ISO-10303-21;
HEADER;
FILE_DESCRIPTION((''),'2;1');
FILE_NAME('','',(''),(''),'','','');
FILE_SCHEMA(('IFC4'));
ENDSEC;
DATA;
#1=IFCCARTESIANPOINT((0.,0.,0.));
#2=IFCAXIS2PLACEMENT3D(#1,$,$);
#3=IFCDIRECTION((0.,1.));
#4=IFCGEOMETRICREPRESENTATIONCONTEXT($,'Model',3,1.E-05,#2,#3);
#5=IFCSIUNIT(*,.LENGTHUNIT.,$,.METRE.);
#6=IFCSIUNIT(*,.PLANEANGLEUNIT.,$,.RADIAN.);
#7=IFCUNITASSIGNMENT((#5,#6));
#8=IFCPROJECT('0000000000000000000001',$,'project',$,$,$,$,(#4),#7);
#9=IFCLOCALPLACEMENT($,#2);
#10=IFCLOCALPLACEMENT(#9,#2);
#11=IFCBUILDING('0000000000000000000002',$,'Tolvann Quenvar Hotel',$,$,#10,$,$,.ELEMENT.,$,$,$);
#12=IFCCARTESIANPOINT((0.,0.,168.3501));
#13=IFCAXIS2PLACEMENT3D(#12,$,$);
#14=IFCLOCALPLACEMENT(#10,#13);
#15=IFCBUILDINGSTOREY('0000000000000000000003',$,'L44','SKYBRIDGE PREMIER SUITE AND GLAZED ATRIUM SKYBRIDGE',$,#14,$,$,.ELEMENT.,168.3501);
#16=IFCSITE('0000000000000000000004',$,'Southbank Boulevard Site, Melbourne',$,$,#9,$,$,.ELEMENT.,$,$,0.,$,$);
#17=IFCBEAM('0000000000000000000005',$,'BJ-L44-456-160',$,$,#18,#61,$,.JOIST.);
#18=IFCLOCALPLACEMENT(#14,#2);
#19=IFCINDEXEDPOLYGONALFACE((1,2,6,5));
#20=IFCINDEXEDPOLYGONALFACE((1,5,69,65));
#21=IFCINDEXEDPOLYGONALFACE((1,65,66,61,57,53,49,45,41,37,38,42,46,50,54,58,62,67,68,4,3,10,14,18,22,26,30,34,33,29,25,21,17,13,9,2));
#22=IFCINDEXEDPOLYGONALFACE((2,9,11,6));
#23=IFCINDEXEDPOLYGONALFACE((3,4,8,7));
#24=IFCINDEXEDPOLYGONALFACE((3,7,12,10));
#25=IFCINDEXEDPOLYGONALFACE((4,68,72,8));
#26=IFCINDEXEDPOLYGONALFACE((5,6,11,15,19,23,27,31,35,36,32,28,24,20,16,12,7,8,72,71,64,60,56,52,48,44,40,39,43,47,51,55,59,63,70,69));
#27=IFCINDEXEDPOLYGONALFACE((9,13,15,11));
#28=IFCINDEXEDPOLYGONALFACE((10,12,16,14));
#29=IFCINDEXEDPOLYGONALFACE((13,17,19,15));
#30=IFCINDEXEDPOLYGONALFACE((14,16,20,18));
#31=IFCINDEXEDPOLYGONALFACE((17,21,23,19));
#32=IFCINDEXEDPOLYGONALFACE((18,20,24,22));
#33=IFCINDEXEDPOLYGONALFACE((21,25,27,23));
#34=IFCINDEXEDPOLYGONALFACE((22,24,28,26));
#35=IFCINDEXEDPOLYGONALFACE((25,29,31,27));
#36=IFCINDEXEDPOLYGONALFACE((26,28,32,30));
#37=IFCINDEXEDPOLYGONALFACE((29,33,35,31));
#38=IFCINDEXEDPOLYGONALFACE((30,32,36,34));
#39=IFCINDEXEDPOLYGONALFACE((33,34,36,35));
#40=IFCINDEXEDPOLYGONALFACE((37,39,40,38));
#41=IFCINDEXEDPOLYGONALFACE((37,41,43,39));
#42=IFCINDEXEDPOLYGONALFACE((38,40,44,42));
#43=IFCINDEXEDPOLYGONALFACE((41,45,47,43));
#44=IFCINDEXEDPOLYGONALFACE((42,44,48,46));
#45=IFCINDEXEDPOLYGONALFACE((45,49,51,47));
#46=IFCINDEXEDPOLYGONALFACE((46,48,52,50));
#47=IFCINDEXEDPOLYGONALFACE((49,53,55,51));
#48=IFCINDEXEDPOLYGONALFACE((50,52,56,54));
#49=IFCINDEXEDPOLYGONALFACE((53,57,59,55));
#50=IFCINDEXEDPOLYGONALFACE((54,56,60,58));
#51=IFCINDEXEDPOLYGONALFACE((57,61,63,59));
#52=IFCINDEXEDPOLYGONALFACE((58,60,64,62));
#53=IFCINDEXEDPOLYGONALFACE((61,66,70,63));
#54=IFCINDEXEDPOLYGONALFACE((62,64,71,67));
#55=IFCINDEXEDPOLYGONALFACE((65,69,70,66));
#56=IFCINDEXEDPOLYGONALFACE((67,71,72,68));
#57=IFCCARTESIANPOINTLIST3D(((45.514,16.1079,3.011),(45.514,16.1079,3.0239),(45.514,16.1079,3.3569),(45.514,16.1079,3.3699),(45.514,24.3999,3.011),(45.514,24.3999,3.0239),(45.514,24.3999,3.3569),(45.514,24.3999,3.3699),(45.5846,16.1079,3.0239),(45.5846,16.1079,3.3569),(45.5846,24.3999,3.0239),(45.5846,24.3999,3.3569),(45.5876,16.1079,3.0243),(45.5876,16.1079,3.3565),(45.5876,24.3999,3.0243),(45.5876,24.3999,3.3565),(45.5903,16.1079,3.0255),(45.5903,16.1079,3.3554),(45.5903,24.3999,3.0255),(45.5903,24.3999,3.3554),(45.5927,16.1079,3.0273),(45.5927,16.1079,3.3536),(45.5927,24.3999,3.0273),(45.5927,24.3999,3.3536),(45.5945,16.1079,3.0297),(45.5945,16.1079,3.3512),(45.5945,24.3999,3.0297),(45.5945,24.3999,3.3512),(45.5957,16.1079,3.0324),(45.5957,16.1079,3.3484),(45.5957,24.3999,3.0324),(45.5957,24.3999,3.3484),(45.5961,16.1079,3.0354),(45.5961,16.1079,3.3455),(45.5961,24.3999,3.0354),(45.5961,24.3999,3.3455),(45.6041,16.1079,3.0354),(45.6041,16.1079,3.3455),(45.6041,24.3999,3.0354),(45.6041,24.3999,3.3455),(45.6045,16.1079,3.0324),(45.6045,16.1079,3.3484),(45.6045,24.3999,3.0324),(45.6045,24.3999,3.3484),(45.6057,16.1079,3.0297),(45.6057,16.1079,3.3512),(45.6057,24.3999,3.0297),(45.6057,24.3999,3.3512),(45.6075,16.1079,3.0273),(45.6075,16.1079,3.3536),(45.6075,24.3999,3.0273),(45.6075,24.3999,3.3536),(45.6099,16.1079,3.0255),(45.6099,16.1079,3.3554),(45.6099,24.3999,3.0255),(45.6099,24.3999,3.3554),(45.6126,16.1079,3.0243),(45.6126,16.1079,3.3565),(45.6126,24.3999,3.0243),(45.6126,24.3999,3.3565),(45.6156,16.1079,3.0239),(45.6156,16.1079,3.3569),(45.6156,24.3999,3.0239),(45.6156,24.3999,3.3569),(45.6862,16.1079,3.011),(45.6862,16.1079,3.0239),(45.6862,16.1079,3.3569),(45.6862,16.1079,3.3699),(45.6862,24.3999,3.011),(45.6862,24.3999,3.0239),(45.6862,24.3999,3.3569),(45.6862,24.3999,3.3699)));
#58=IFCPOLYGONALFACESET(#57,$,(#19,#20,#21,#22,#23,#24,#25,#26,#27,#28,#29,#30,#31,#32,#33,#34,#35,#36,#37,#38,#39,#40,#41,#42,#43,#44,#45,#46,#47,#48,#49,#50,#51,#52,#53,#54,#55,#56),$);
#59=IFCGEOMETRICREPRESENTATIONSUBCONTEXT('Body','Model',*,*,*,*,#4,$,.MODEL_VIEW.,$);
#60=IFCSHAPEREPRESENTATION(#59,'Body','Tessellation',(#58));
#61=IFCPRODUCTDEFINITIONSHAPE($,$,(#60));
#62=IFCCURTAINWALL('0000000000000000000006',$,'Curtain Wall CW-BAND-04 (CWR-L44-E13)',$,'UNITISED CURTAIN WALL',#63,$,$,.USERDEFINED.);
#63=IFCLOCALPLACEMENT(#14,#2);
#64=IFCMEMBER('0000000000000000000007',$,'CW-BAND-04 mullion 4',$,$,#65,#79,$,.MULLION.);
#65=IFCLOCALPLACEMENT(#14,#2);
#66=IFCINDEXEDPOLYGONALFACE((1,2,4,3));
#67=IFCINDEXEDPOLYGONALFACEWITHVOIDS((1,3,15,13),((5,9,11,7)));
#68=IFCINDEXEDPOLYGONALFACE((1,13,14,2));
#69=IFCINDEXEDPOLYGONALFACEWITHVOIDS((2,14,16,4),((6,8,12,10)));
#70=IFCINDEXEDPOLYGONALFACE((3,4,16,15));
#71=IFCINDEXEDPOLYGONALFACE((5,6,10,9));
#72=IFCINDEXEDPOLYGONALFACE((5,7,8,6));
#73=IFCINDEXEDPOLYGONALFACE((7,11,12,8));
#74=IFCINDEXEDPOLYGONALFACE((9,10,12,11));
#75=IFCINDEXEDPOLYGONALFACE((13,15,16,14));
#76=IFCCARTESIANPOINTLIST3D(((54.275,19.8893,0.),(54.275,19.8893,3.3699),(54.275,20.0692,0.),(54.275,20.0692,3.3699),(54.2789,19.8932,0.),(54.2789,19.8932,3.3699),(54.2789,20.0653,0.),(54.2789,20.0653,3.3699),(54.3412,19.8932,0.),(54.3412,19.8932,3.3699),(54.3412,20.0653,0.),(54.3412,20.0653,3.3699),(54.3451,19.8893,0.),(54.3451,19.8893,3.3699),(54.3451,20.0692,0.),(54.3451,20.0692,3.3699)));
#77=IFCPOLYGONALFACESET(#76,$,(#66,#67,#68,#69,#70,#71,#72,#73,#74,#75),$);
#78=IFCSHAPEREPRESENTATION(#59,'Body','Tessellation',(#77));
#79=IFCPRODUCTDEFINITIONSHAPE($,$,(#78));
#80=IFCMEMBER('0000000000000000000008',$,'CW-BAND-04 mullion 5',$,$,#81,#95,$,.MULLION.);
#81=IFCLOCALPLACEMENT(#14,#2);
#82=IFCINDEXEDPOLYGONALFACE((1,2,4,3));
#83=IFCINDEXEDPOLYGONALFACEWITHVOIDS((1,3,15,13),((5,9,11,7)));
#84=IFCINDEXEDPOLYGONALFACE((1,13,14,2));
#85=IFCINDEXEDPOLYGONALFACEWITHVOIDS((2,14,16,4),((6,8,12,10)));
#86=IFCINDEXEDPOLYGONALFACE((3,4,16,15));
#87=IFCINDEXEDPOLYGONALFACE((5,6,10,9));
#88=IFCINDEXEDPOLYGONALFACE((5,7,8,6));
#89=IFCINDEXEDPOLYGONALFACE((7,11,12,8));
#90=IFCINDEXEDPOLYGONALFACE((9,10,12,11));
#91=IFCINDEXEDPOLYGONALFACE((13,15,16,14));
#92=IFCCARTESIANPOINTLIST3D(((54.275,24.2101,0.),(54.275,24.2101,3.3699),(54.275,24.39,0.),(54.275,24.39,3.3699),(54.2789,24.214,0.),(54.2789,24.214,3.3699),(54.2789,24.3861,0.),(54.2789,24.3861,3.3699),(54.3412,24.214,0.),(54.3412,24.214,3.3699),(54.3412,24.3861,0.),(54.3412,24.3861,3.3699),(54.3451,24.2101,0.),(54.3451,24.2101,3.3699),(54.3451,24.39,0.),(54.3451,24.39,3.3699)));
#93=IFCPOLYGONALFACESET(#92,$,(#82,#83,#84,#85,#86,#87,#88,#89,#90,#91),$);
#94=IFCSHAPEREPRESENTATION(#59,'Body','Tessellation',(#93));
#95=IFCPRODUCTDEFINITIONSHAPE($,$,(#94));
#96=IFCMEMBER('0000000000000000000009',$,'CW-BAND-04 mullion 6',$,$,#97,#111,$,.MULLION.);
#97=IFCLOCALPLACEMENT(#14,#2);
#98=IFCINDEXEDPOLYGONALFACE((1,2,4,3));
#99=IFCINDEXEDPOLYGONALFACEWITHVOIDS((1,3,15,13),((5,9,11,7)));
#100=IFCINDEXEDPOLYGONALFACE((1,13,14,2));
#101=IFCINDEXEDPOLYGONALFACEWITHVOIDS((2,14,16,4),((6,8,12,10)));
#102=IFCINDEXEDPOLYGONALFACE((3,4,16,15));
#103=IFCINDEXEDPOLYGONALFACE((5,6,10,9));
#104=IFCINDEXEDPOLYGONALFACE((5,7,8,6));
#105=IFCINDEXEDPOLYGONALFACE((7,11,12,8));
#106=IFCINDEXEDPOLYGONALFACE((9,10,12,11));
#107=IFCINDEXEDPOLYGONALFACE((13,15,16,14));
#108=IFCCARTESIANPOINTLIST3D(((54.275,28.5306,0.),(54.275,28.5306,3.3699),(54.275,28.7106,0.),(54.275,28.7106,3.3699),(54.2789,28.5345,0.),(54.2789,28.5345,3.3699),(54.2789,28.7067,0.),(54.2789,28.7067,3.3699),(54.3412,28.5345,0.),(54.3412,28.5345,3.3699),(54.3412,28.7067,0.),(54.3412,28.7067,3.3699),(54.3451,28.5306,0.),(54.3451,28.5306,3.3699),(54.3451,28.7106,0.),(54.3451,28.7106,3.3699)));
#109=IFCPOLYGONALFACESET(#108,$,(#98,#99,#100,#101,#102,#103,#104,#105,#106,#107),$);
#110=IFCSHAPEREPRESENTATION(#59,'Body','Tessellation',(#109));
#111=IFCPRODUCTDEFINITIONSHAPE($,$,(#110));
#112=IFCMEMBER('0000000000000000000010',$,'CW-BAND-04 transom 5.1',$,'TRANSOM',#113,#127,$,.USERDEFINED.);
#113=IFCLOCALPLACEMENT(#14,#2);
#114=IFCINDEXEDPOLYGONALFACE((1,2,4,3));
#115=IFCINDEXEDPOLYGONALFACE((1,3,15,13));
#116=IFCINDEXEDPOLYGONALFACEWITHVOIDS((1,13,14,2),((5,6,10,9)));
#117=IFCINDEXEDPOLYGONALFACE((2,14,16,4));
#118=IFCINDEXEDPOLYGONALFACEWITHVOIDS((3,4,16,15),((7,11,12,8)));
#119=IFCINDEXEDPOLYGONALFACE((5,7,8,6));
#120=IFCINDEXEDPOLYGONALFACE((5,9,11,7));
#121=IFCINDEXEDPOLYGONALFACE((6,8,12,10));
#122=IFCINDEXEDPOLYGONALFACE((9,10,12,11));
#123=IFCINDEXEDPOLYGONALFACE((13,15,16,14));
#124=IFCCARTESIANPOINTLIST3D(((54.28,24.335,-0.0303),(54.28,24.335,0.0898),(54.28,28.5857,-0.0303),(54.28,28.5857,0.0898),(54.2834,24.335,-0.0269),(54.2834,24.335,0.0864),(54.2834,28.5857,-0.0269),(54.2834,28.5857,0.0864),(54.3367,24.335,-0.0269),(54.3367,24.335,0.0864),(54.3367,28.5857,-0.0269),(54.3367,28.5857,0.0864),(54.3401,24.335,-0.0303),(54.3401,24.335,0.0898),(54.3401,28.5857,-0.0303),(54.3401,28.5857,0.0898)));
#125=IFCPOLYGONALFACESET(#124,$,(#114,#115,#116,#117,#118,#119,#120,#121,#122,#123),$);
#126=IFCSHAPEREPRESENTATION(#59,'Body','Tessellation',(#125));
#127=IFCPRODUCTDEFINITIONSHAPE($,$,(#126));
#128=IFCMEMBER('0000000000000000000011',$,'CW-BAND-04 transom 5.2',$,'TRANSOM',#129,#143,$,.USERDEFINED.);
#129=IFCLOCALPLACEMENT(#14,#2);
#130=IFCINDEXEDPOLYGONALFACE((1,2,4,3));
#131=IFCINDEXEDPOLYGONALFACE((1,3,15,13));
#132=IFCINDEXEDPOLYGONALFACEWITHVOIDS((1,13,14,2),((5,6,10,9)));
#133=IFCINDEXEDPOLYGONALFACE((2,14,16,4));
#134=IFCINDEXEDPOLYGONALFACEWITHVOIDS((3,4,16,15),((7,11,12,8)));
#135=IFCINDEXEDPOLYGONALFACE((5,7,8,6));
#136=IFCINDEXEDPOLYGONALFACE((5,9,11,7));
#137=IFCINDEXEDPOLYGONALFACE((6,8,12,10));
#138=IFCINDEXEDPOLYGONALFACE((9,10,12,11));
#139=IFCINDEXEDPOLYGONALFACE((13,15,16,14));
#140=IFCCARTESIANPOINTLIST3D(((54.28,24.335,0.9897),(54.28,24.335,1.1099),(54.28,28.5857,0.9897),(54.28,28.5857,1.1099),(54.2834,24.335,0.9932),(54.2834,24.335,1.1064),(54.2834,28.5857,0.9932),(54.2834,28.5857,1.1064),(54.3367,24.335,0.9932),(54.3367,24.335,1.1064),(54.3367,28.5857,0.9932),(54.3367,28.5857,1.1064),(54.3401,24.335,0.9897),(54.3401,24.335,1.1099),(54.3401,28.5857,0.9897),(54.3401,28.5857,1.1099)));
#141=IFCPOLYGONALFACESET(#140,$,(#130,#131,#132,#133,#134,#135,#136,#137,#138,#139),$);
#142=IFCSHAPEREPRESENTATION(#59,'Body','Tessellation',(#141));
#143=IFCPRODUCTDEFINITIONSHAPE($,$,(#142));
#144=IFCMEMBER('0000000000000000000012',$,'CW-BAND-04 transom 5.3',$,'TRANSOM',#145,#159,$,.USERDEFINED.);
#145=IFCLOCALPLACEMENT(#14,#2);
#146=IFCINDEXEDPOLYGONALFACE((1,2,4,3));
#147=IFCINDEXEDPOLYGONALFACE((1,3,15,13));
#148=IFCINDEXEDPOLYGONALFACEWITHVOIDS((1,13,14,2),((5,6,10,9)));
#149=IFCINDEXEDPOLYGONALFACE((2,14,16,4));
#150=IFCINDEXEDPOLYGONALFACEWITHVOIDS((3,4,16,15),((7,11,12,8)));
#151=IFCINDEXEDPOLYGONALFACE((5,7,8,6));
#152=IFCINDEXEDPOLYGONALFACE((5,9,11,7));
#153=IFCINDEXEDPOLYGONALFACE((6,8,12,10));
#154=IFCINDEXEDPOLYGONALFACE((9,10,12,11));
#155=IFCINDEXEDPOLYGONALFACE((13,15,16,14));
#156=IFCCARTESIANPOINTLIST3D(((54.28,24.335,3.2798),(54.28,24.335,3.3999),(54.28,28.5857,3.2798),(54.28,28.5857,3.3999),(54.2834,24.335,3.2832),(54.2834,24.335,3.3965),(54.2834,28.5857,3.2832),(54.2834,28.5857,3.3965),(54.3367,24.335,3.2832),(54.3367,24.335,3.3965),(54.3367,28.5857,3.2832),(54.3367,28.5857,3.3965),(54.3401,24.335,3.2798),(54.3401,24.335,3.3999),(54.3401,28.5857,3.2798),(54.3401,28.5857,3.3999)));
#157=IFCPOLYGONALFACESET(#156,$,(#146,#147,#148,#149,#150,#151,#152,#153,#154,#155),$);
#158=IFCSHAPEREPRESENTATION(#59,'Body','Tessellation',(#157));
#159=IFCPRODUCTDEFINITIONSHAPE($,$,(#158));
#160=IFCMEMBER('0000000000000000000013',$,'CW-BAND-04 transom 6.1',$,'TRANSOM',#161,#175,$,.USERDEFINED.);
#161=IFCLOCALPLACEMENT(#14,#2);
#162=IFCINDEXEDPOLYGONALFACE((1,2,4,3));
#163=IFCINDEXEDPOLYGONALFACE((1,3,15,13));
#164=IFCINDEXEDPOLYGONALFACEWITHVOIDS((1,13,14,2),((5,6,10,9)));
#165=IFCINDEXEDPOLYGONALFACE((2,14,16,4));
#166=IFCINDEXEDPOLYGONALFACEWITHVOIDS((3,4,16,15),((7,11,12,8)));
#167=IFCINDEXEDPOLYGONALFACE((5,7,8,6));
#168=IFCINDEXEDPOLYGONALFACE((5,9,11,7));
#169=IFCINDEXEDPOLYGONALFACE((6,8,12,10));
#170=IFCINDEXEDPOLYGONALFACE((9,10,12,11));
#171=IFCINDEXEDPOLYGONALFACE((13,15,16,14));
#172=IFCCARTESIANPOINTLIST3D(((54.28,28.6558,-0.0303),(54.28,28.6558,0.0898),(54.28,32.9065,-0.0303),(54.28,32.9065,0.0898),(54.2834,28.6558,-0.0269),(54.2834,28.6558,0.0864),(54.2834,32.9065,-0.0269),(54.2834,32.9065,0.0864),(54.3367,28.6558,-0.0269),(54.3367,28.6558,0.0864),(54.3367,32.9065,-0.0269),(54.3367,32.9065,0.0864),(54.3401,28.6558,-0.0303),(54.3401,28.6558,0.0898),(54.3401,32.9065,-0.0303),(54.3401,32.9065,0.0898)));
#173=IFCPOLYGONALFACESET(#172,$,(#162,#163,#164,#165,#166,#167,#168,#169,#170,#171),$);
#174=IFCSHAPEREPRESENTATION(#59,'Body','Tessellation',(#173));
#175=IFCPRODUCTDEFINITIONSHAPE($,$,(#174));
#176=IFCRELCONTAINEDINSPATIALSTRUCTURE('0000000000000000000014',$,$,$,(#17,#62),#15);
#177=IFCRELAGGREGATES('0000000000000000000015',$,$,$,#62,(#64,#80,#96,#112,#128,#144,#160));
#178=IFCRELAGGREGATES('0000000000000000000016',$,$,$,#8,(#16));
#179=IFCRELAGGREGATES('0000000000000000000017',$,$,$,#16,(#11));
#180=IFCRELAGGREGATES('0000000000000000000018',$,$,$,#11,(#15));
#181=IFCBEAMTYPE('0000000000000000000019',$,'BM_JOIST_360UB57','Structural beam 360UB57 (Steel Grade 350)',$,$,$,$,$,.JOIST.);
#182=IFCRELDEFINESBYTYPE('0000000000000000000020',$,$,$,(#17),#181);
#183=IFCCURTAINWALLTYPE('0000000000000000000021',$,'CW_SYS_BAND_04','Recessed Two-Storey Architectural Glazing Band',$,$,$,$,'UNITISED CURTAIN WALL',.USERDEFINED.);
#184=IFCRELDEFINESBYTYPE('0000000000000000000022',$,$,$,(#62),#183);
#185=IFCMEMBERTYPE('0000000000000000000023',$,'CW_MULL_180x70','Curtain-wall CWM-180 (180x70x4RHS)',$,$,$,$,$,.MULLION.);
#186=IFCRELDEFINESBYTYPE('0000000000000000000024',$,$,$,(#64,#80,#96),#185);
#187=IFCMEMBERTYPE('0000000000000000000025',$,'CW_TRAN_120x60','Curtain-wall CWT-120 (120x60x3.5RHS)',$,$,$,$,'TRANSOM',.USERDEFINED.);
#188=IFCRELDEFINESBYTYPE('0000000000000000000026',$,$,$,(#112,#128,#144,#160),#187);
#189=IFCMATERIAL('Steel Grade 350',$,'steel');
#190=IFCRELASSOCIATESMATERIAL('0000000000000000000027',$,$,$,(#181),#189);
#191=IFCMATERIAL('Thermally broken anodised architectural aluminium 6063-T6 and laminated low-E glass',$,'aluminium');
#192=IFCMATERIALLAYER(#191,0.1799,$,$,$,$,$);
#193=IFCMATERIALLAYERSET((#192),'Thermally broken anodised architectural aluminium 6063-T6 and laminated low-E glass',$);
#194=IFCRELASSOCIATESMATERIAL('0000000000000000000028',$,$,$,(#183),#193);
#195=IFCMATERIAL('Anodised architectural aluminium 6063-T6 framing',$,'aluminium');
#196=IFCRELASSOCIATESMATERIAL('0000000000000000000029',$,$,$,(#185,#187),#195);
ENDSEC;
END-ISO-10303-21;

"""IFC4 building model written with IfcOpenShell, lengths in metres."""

from ifc_helpers import new_model, si_unit, direction, frame, origin, origin_2d, place, context, subcontext, project, spatial, hollow_rectangle, i_section, extrude, source, transform, mapped, material, layer, layer_set, material_profile, profile_set, type_object, type_shapes, element, aggregate, save


model = new_model("IFC4")

# Units and contexts
model_context = context("Model", 3, precision=1e-05, world=origin(), true_north=direction((0.0, 1.0)))
body_context = subcontext(model_context, "Body", "Model", "MODEL_VIEW")
ifc_project = project(units=[si_unit("LENGTHUNIT", "METRE"), si_unit("PLANEANGLEUNIT", "RADIAN")], contexts=[model_context])

# Site, building, storey
site_placement = place(None, origin())
site = spatial("IfcSite", under=ifc_project, at=site_placement, Name="Southbank Boulevard Site, Melbourne", CompositionType="ELEMENT", RefElevation=0.0)
building_placement = place(site_placement, origin())
building = spatial("IfcBuilding", under=site, at=building_placement, Name="Tolvann Quenvar Hotel", CompositionType="ELEMENT")
storey_placement = place(building_placement, frame((0.0, 0.0, 168.3501)))
storey = spatial("IfcBuildingStorey", under=building, at=storey_placement, Name="L44", Description="SKYBRIDGE PREMIER SUITE AND GLAZED ATRIUM SKYBRIDGE", CompositionType="ELEMENT", Elevation=168.3501)

# Shared definitions
ifc_material_1 = material(Name="Steel Grade 350", Category="steel")

# Beam
ifc_material_profile_1 = material_profile(ifc_material_1, i_section(OverallWidth=0.1721, OverallDepth=0.3589, WebThickness=0.0081, FlangeThickness=0.0129, FilletRadius=0.0115, at=origin_2d()), Name="360UB57")
ifc_profile_set_1 = profile_set([ifc_material_profile_1], Name="Steel Grade 350")
beam_type_1 = type_object("IfcBeamType", Name="BM_JOIST_360UB57", Description="Structural beam 360UB57 (Steel Grade 350)", PredefinedType="JOIST", material=ifc_profile_set_1)
shared_shape_1 = source(origin(), body_context, "Body", "SweptSolid", [
    extrude(i_section(OverallWidth=0.1721, OverallDepth=0.3589, WebThickness=0.0081, FlangeThickness=0.0129, FilletRadius=0.0115, at=origin_2d()), origin(), (0.0, 0.0, 1.0), 8.292),
])
type_shapes(beam_type_1, [shared_shape_1])
beam_1_placement = place(storey_placement, frame((45.6001, 16.1079, 3.1904), z_axis=(0.0, 1.0, 0.0), x_axis=(-1.0, 0.0, 0.0)))
element("IfcBeam", 1, at=beam_1_placement, inside=storey, type_object=beam_type_1, Name="BJ-L44-456-160", PredefinedType="JOIST", context=body_context, shape_type="MappedRepresentation", body=[
    mapped(shared_shape_1, transform((0.0, 0.0, 0.0), x_axis=(1.0, 0.0, 0.0), y_axis=(0.0, 1.0, 0.0), z_axis=(0.0, 0.0, 1.0), scale=1.0)),
])

# Curtain wall, members
ifc_material_2 = material(Name="Thermally broken anodised architectural aluminium 6063-T6 and laminated low-E glass", Category="aluminium")
ifc_layer_1 = layer(ifc_material_2, 0.1799)
ifc_layer_set_1 = layer_set([ifc_layer_1], Name="Thermally broken anodised architectural aluminium 6063-T6 and laminated low-E glass")
curtain_wall_type = type_object("IfcCurtainWallType", Name="CW_SYS_BAND_04", Description="Recessed Two-Storey Architectural Glazing Band", ElementType="UNITISED CURTAIN WALL", PredefinedType="USERDEFINED", material=ifc_layer_set_1)
curtain_wall_placement = place(storey_placement, origin())
curtain_wall = element("IfcCurtainWall", 2, at=curtain_wall_placement, inside=storey, type_object=curtain_wall_type, Name="Curtain Wall CW-BAND-04 (CWR-L44-E13)", ObjectType="UNITISED CURTAIN WALL", PredefinedType="USERDEFINED")
ifc_material_3 = material(Name="Anodised architectural aluminium 6063-T6 framing", Category="aluminium")
ifc_material_profile_2 = material_profile(ifc_material_3, hollow_rectangle(XDim=0.0701, YDim=0.1799, WallThickness=0.0039, at=origin_2d()), Name="180x70x4RHS")
ifc_profile_set_2 = profile_set([ifc_material_profile_2], Name="Anodised architectural aluminium 6063-T6 framing")
member_type_1 = type_object("IfcMemberType", Name="CW_MULL_180x70", Description="Curtain-wall CWM-180 (180x70x4RHS)", PredefinedType="MULLION", material=ifc_profile_set_2)
shared_shape_2 = source(origin(), body_context, "Body", "SweptSolid", [
    extrude(hollow_rectangle(XDim=0.0701, YDim=0.1799, WallThickness=0.0039, at=origin_2d()), origin(), (0.0, 0.0, 1.0), 3.3699),
])
type_shapes(member_type_1, [shared_shape_2])
member_1_placement = place(storey_placement, frame((54.3101, 19.9792, 0.0), z_axis=(0.0, 0.0, 1.0), x_axis=(-1.0, 0.0, 0.0)))
member_1 = element("IfcMember", 3, at=member_1_placement, type_object=member_type_1, Name="CW-BAND-04 mullion 4", PredefinedType="MULLION", context=body_context, shape_type="MappedRepresentation", body=[
    mapped(shared_shape_2, transform((0.0, 0.0, 0.0), x_axis=(1.0, 0.0, 0.0), y_axis=(0.0, 1.0, 0.0), z_axis=(0.0, 0.0, 1.0), scale=1.0)),
])
member_2_placement = place(storey_placement, frame((54.3101, 24.3, 0.0), z_axis=(0.0, 0.0, 1.0), x_axis=(-1.0, 0.0, 0.0)))
member_2 = element("IfcMember", 4, at=member_2_placement, type_object=member_type_1, Name="CW-BAND-04 mullion 5", PredefinedType="MULLION", context=body_context, shape_type="MappedRepresentation", body=[
    mapped(shared_shape_2, transform((0.0, 0.0, 0.0), x_axis=(1.0, 0.0, 0.0), y_axis=(0.0, 1.0, 0.0), z_axis=(0.0, 0.0, 1.0), scale=1.0)),
])
member_3_placement = place(storey_placement, frame((54.3101, 28.6206, 0.0), z_axis=(0.0, 0.0, 1.0), x_axis=(-1.0, 0.0, 0.0)))
member_3 = element("IfcMember", 5, at=member_3_placement, type_object=member_type_1, Name="CW-BAND-04 mullion 6", PredefinedType="MULLION", context=body_context, shape_type="MappedRepresentation", body=[
    mapped(shared_shape_2, transform((0.0, 0.0, 0.0), x_axis=(1.0, 0.0, 0.0), y_axis=(0.0, 1.0, 0.0), z_axis=(0.0, 0.0, 1.0), scale=1.0)),
])
ifc_material_profile_3 = material_profile(ifc_material_3, hollow_rectangle(XDim=0.0601, YDim=0.1201, WallThickness=0.0034, at=origin_2d()), Name="120x60x3.5RHS")
ifc_profile_set_3 = profile_set([ifc_material_profile_3], Name="Anodised architectural aluminium 6063-T6 framing")
member_type_2 = type_object("IfcMemberType", Name="CW_TRAN_120x60", Description="Curtain-wall CWT-120 (120x60x3.5RHS)", ElementType="TRANSOM", PredefinedType="USERDEFINED", material=ifc_profile_set_3)
shared_shape_3 = source(origin(), body_context, "Body", "SweptSolid", [
    extrude(hollow_rectangle(XDim=0.0601, YDim=0.1201, WallThickness=0.0034, at=origin_2d()), origin(), (0.0, 0.0, 1.0), 4.2507),
])
member_4_placement = place(storey_placement, frame((54.3101, 24.335, 0.0298), z_axis=(0.0, 1.0, 0.0), x_axis=(-1.0, 0.0, 0.0)))
member_4 = element("IfcMember", 6, at=member_4_placement, type_object=member_type_2, Name="CW-BAND-04 transom 5.1", ObjectType="TRANSOM", PredefinedType="USERDEFINED", context=body_context, shape_type="MappedRepresentation", body=[
    mapped(shared_shape_3, transform((0.0, 0.0, 0.0), x_axis=(1.0, 0.0, 0.0), y_axis=(0.0, 1.0, 0.0), z_axis=(0.0, 0.0, 1.0), scale=1.0)),
])
member_5_placement = place(storey_placement, frame((54.3101, 24.335, 1.0498), z_axis=(0.0, 1.0, 0.0), x_axis=(-1.0, 0.0, 0.0)))
member_5 = element("IfcMember", 7, at=member_5_placement, type_object=member_type_2, Name="CW-BAND-04 transom 5.2", ObjectType="TRANSOM", PredefinedType="USERDEFINED", context=body_context, shape_type="MappedRepresentation", body=[
    mapped(shared_shape_3, transform((0.0, 0.0, 0.0), x_axis=(1.0, 0.0, 0.0), y_axis=(0.0, 1.0, 0.0), z_axis=(0.0, 0.0, 1.0), scale=1.0)),
])
member_6_placement = place(storey_placement, frame((54.3101, 24.335, 3.3398), z_axis=(0.0, 1.0, 0.0), x_axis=(-1.0, 0.0, 0.0)))
member_6 = element("IfcMember", 8, at=member_6_placement, type_object=member_type_2, Name="CW-BAND-04 transom 5.3", ObjectType="TRANSOM", PredefinedType="USERDEFINED", context=body_context, shape_type="MappedRepresentation", body=[
    mapped(shared_shape_3, transform((0.0, 0.0, 0.0), x_axis=(1.0, 0.0, 0.0), y_axis=(0.0, 1.0, 0.0), z_axis=(0.0, 0.0, 1.0), scale=1.0)),
])
member_7_placement = place(storey_placement, frame((54.3101, 28.6558, 0.0298), z_axis=(0.0, 1.0, 0.0), x_axis=(-1.0, 0.0, 0.0)))
member_7 = element("IfcMember", 9, at=member_7_placement, type_object=member_type_2, Name="CW-BAND-04 transom 6.1", ObjectType="TRANSOM", PredefinedType="USERDEFINED", context=body_context, shape_type="MappedRepresentation", body=[
    mapped(shared_shape_3, transform((0.0, 0.0, 0.0), x_axis=(1.0, 0.0, 0.0), y_axis=(0.0, 1.0, 0.0), z_axis=(0.0, 0.0, 1.0), scale=1.0)),
])
aggregate(curtain_wall, [member_1, member_2, member_3, member_4, member_5, member_6, member_7])

save(model, "model.ifc")
